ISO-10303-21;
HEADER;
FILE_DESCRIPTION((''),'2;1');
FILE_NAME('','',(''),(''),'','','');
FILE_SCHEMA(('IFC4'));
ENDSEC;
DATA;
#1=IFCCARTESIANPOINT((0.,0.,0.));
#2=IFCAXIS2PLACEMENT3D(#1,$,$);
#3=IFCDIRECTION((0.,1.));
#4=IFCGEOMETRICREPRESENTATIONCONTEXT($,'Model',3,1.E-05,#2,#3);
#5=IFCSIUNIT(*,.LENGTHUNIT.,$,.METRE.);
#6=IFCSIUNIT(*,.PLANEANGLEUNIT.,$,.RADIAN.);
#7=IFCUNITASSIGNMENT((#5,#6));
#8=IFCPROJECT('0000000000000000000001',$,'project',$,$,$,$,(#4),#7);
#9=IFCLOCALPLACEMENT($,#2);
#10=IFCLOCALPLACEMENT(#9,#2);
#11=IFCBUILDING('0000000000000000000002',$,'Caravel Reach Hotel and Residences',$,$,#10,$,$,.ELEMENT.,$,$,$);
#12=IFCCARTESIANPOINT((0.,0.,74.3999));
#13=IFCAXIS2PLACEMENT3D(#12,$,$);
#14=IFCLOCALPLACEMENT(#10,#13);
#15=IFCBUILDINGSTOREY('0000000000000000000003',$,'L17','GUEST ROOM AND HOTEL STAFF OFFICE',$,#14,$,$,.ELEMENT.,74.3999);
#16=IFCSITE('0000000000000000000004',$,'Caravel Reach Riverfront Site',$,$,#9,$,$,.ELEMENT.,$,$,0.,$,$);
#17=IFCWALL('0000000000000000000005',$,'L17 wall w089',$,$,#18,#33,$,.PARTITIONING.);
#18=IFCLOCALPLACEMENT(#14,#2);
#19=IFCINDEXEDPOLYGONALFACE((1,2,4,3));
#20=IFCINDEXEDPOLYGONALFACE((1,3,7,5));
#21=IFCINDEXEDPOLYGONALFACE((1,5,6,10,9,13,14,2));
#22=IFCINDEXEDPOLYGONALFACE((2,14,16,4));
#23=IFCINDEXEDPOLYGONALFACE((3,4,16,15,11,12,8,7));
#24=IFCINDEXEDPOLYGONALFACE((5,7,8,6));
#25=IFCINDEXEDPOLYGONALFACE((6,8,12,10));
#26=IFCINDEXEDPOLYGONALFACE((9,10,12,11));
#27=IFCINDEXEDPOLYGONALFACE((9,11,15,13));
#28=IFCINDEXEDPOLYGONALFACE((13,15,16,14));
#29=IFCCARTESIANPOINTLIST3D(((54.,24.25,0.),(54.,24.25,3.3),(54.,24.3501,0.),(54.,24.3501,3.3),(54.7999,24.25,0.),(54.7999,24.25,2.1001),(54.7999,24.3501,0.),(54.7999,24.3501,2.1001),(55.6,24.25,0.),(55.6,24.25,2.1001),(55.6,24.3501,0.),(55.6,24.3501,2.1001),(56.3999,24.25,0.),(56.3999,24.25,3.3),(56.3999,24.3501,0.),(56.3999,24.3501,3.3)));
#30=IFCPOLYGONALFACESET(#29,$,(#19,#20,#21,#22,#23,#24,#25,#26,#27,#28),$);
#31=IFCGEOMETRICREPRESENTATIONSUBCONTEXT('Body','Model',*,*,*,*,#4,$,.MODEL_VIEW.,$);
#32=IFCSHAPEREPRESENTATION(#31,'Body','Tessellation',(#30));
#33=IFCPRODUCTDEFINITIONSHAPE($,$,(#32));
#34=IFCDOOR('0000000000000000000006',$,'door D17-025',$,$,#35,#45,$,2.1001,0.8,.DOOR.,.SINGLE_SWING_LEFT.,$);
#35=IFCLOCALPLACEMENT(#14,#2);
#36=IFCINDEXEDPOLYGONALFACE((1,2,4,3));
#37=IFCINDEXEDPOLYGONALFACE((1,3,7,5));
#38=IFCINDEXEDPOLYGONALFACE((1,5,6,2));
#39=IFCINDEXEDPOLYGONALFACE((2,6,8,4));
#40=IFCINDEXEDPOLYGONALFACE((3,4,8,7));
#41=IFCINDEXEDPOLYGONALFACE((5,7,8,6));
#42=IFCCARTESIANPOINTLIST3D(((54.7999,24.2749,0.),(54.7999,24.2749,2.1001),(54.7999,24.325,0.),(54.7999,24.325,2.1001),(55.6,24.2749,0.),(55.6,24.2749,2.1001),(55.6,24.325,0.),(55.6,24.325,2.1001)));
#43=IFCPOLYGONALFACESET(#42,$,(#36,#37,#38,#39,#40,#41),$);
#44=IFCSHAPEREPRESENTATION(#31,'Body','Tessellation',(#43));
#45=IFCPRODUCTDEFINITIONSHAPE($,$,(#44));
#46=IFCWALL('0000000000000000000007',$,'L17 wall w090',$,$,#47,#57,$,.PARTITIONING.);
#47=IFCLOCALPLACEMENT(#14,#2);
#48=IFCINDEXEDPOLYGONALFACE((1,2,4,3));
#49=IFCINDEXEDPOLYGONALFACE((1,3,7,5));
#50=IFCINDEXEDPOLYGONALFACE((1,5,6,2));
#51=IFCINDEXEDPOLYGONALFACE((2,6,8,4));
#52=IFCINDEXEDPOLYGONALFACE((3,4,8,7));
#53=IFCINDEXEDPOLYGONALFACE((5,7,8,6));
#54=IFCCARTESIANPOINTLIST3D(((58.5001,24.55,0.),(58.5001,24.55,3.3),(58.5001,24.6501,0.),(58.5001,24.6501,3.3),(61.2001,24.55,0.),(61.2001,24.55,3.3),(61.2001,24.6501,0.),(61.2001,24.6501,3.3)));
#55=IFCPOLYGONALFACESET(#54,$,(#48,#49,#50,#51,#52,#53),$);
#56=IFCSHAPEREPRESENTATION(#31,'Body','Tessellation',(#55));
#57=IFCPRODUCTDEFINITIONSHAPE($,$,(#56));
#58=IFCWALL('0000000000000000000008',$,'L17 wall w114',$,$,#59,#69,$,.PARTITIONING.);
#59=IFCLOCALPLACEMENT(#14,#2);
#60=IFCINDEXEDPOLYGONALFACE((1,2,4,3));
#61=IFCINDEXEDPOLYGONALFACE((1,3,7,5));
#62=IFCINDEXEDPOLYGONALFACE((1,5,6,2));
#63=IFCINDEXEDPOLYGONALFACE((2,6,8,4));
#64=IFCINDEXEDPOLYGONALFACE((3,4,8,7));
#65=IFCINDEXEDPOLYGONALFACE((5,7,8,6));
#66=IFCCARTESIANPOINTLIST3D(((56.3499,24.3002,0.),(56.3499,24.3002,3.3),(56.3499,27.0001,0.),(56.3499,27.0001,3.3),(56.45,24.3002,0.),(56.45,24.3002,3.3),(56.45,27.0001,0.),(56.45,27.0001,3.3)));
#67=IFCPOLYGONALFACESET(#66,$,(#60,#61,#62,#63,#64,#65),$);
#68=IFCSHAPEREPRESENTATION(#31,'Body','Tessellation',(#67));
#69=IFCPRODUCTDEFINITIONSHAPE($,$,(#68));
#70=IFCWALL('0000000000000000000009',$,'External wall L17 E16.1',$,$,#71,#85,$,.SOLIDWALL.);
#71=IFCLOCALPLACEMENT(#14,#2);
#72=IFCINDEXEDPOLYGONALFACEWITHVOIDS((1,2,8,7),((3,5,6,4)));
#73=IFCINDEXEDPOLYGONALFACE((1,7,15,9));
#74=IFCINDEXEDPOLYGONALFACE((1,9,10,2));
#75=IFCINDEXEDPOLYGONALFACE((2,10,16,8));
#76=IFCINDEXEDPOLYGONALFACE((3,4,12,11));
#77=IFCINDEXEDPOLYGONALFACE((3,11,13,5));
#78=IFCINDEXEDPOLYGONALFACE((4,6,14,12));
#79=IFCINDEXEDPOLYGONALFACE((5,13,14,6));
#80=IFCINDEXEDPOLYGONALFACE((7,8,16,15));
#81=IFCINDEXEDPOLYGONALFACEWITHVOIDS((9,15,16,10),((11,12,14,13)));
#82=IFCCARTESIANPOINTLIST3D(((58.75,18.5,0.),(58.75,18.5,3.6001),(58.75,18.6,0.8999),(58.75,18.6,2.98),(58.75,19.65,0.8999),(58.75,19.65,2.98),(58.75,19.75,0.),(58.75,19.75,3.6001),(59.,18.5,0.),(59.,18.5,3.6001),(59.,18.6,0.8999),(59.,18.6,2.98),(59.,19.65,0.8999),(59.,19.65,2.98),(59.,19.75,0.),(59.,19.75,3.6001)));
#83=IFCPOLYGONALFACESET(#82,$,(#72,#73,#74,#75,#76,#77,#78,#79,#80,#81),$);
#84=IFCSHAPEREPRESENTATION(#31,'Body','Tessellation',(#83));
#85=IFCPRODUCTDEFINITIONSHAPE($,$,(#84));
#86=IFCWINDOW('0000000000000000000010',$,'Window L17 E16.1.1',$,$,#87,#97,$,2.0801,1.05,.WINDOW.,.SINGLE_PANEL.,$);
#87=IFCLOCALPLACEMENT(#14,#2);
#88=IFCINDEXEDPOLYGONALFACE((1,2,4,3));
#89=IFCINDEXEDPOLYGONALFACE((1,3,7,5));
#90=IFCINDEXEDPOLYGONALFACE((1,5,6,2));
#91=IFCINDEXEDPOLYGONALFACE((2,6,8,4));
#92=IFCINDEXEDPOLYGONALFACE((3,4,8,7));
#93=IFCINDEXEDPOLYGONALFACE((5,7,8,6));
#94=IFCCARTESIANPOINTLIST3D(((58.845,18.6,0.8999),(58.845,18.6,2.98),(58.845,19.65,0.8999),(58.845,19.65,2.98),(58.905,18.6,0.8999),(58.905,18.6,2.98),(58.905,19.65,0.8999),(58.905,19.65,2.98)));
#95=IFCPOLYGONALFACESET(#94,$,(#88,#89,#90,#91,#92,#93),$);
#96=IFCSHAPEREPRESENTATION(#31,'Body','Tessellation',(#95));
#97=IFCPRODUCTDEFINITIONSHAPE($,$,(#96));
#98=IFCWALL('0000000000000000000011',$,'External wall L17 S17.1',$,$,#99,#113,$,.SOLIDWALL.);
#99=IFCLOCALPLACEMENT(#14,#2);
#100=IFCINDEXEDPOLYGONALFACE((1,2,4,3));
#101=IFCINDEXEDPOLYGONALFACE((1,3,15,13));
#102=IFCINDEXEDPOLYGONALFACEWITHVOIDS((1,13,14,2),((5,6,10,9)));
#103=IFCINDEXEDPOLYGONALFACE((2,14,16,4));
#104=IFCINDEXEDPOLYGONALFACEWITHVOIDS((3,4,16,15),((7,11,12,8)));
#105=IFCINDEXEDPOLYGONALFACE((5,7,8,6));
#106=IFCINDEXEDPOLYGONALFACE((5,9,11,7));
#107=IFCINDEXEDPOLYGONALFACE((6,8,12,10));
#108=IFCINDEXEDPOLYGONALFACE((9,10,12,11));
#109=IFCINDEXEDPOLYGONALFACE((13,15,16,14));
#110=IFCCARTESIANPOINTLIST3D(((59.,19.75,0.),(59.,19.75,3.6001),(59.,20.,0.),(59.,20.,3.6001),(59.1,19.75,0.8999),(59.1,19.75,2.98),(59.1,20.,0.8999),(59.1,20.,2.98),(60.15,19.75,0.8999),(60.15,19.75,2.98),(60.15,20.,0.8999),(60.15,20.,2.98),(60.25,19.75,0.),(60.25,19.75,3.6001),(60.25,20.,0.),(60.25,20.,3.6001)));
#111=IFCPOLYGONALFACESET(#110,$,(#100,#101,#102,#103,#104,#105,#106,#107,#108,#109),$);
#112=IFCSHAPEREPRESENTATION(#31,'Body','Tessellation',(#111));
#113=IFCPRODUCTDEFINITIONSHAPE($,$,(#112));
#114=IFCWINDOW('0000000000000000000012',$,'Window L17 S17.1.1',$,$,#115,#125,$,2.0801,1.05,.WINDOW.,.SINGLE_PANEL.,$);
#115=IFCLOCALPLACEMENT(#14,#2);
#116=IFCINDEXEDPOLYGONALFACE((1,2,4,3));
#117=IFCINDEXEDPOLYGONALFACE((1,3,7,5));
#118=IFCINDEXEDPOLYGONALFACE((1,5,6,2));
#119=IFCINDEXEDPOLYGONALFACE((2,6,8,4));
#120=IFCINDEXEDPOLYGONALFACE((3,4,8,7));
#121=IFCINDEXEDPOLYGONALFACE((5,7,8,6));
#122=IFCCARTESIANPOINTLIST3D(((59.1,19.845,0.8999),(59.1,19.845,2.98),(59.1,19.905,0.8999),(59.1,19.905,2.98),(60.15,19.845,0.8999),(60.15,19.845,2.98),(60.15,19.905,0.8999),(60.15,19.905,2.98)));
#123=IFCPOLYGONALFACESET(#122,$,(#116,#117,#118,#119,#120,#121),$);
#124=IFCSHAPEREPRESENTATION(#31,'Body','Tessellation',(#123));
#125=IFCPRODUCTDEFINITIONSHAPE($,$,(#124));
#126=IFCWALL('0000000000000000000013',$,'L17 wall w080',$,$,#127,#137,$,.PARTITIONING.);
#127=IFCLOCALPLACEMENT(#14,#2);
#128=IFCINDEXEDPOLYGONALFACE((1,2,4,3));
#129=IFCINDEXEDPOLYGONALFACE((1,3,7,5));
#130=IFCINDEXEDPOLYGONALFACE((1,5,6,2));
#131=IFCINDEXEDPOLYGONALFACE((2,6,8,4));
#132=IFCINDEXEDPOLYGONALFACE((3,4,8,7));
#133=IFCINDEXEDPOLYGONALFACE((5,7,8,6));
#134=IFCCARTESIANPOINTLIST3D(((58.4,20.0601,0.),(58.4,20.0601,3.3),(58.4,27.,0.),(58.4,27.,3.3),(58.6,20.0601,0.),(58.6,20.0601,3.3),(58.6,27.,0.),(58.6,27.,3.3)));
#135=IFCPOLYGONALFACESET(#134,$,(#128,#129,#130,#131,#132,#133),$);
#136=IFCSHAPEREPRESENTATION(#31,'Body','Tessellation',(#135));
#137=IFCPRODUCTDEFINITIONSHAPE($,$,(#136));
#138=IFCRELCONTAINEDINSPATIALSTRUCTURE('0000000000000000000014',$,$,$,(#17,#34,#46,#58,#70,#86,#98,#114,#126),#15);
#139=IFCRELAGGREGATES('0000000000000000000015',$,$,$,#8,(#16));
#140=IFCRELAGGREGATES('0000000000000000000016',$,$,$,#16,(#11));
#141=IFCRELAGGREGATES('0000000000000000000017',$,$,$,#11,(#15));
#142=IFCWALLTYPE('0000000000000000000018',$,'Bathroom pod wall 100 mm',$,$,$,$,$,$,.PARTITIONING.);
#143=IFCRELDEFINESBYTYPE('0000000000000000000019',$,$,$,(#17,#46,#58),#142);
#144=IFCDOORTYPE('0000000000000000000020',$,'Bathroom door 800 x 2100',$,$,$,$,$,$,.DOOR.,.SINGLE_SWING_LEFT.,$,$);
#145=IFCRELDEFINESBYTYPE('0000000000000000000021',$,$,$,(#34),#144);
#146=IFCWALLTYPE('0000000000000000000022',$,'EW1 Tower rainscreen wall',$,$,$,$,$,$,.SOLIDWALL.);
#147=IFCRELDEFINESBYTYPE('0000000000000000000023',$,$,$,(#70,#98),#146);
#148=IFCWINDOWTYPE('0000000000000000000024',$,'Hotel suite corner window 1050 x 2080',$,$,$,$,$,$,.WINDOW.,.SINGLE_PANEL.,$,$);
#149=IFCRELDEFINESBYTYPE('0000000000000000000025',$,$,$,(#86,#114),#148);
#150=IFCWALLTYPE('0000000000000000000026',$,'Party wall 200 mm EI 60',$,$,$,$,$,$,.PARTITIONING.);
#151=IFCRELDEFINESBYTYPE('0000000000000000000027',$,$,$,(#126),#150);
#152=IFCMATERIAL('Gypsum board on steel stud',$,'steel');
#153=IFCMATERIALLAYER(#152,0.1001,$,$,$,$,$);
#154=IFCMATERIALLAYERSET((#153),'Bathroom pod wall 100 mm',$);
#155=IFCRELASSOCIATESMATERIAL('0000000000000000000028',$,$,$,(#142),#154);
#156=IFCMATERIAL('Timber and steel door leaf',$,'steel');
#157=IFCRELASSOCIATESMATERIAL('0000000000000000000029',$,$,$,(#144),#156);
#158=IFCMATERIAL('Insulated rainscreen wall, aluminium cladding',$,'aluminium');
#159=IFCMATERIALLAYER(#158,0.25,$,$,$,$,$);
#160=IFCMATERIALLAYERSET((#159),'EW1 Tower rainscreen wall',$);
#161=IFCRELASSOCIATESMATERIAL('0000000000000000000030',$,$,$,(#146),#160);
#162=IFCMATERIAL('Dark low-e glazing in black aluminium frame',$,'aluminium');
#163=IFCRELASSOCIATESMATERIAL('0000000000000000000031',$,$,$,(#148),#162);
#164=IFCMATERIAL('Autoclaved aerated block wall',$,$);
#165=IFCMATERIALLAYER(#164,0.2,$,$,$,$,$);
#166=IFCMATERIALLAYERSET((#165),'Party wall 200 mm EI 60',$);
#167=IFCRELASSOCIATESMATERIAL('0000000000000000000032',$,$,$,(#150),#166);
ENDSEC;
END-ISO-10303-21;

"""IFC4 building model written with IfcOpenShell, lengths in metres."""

from ifc_helpers import new_model, si_unit, direction, frame, frame_2d, origin, place, context, subcontext, project, spatial, rectangle, extrude, material, layer, layer_set, type_object, element, fill, save


model = new_model("IFC4")

# Units and contexts
model_context = context("Model", 3, precision=1e-05, world=origin(), true_north=direction((0.0, 1.0)))
body_context = subcontext(model_context, "Body", "Model", "MODEL_VIEW")
ifc_project = project(units=[si_unit("LENGTHUNIT", "METRE"), si_unit("PLANEANGLEUNIT", "RADIAN")], contexts=[model_context])

# Site, building, storey
site_placement = place(None, origin())
site = spatial("IfcSite", under=ifc_project, at=site_placement, Name="Caravel Reach Riverfront Site", CompositionType="ELEMENT", RefElevation=0.0)
building_placement = place(site_placement, origin())
building = spatial("IfcBuilding", under=site, at=building_placement, Name="Caravel Reach Hotel and Residences", CompositionType="ELEMENT")
storey_placement = place(building_placement, frame((0.0, 0.0, 74.3999)))
storey = spatial("IfcBuildingStorey", under=building, at=storey_placement, Name="L17", Description="GUEST ROOM AND HOTEL STAFF OFFICE", CompositionType="ELEMENT", Elevation=74.3999)

# Wall, opening, door
ifc_material_1 = material(Name="Gypsum board on steel stud", Category="steel")
ifc_layer_1 = layer(ifc_material_1, 0.1001)
ifc_layer_set_1 = layer_set([ifc_layer_1], Name="Bathroom pod wall 100 mm")
wall_type_1 = type_object("IfcWallType", Name="Bathroom pod wall 100 mm", PredefinedType="PARTITIONING", material=ifc_layer_set_1)
wall_1_placement = place(storey_placement, frame((54.0, 24.3, 0.0), z_axis=(0.0, 0.0, 1.0), x_axis=(1.0, 0.0, 0.0)))
wall_1 = element("IfcWall", 1, at=wall_1_placement, inside=storey, type_object=wall_type_1, Name="L17 wall w089", PredefinedType="PARTITIONING", context=body_context, shape_type="SweptSolid", body=[
    extrude(rectangle(XDim=2.3999, YDim=0.1001, at=frame_2d((1.2, 0.0))), origin(), (0.0, 0.0, 1.0), 3.3),
])
opening_1_placement = place(wall_1_placement, frame((0.8, 0.0, 0.0)))
opening_1 = element("IfcOpeningElement", 2, at=opening_1_placement, cuts=wall_1, PredefinedType="OPENING", context=body_context, shape_type="SweptSolid", body=[
    extrude(rectangle(XDim=0.8, YDim=2.1001, at=frame_2d((0.3999, 1.05))), frame((0.0, 0.0601, 0.0), z_axis=(0.0, -1.0, 0.0), x_axis=(1.0, 0.0, 0.0)), (0.0, 0.0, 1.0), 0.1201),
])
ifc_material_2 = material(Name="Timber and steel door leaf", Category="steel")
door_type = type_object("IfcDoorType", Name="Bathroom door 800 x 2100", OperationType="SINGLE_SWING_LEFT", PredefinedType="DOOR", material=ifc_material_2)
door_placement = place(opening_1_placement, origin())
door = element("IfcDoor", 3, at=door_placement, inside=storey, type_object=door_type, Name="door D17-025", OperationType="SINGLE_SWING_LEFT", OverallHeight=2.1001, OverallWidth=0.8, PredefinedType="DOOR", context=body_context, shape_type="SweptSolid", body=[
    extrude(rectangle(XDim=0.8, YDim=2.1001, at=frame_2d((0.3999, 1.05))), frame((0.0, 0.0249, 0.0), z_axis=(0.0, -1.0, 0.0), x_axis=(1.0, 0.0, 0.0)), (0.0, 0.0, 1.0), 0.05),
])
fill(opening_1, door)

# Walls
for number, where, z_axis, x_axis, name in (
    (4, (58.5, 24.6001, 0.0), (0.0, 0.0, 1.0), (1.0, 0.0, 0.0), "L17 wall w090"),
    (5, (56.3999, 24.3, 0.0), (0.0, 0.0, 1.0), (0.0, 1.0, 0.0), "L17 wall w114"),
):
    element("IfcWall", number, at=place(storey_placement, frame(where, z_axis=z_axis, x_axis=x_axis)), inside=storey, type_object=wall_type_1, Name=name, PredefinedType="PARTITIONING", context=body_context, shape_type="SweptSolid", body=[
        extrude(rectangle(XDim=2.7, YDim=0.1001, at=frame_2d((1.3501, 0.0))), origin(), (0.0, 0.0, 1.0), 3.3),
    ])

# Walls, openings, windows
ifc_material_3 = material(Name="Insulated rainscreen wall, aluminium cladding", Category="aluminium")
ifc_layer_2 = layer(ifc_material_3, 0.25)
ifc_layer_set_2 = layer_set([ifc_layer_2], Name="EW1 Tower rainscreen wall")
wall_type_2 = type_object("IfcWallType", Name="EW1 Tower rainscreen wall", PredefinedType="SOLIDWALL", material=ifc_layer_set_2)
wall_2_placement = place(storey_placement, frame((58.875, 18.5, 0.0), z_axis=(0.0, 0.0, 1.0), x_axis=(0.0, 1.0, 0.0)))
wall_2 = element("IfcWall", 6, at=wall_2_placement, inside=storey, type_object=wall_type_2, Name="External wall L17 E16.1", PredefinedType="SOLIDWALL", context=body_context, shape_type="SweptSolid", body=[
    extrude(rectangle(XDim=1.25, YDim=0.25, at=frame_2d((0.625, 0.0))), origin(), (0.0, 0.0, 1.0), 3.6001),
])
opening_2_placement = place(wall_2_placement, frame((0.1001, 0.0, 0.8999)))
opening_2 = element("IfcOpeningElement", 7, at=opening_2_placement, cuts=wall_2, PredefinedType="OPENING", context=body_context, shape_type="SweptSolid", body=[
    extrude(rectangle(XDim=1.05, YDim=2.0801, at=frame_2d((0.5249, 1.04))), frame((0.0, 0.135, 0.0), z_axis=(0.0, -1.0, 0.0), x_axis=(1.0, 0.0, 0.0)), (0.0, 0.0, 1.0), 0.27),
])
ifc_material_4 = material(Name="Dark low-e glazing in black aluminium frame", Category="aluminium")
window_type = type_object("IfcWindowType", Name="Hotel suite corner window 1050 x 2080", PartitioningType="SINGLE_PANEL", PredefinedType="WINDOW", material=ifc_material_4)
window_1_placement = place(opening_2_placement, origin())
window_1 = element("IfcWindow", 8, at=window_1_placement, inside=storey, type_object=window_type, Name="Window L17 E16.1.1", OverallHeight=2.0801, OverallWidth=1.05, PartitioningType="SINGLE_PANEL", PredefinedType="WINDOW", context=body_context, shape_type="SweptSolid", body=[
    extrude(rectangle(XDim=1.05, YDim=2.0801, at=frame_2d((0.5249, 1.04))), frame((0.0, 0.03, 0.0), z_axis=(0.0, -1.0, 0.0), x_axis=(1.0, 0.0, 0.0)), (0.0, 0.0, 1.0), 0.0601),
])
fill(opening_2, window_1)
wall_3_placement = place(storey_placement, frame((59.0, 19.875, 0.0), z_axis=(0.0, 0.0, 1.0), x_axis=(1.0, 0.0, 0.0)))
wall_3 = element("IfcWall", 9, at=wall_3_placement, inside=storey, type_object=wall_type_2, Name="External wall L17 S17.1", PredefinedType="SOLIDWALL", context=body_context, shape_type="SweptSolid", body=[
    extrude(rectangle(XDim=1.25, YDim=0.25, at=frame_2d((0.625, 0.0))), origin(), (0.0, 0.0, 1.0), 3.6001),
])
opening_3_placement = place(wall_3_placement, frame((0.1001, 0.0, 0.8999)))
opening_3 = element("IfcOpeningElement", 10, at=opening_3_placement, cuts=wall_3, PredefinedType="OPENING", context=body_context, shape_type="SweptSolid", body=[
    extrude(rectangle(XDim=1.05, YDim=2.0801, at=frame_2d((0.5249, 1.04))), frame((0.0, 0.135, 0.0), z_axis=(0.0, -1.0, 0.0), x_axis=(1.0, 0.0, 0.0)), (0.0, 0.0, 1.0), 0.27),
])
window_2_placement = place(opening_3_placement, origin())
window_2 = element("IfcWindow", 11, at=window_2_placement, inside=storey, type_object=window_type, Name="Window L17 S17.1.1", OverallHeight=2.0801, OverallWidth=1.05, PartitioningType="SINGLE_PANEL", PredefinedType="WINDOW", context=body_context, shape_type="SweptSolid", body=[
    extrude(rectangle(XDim=1.05, YDim=2.0801, at=frame_2d((0.5249, 1.04))), frame((0.0, 0.03, 0.0), z_axis=(0.0, -1.0, 0.0), x_axis=(1.0, 0.0, 0.0)), (0.0, 0.0, 1.0), 0.0601),
])
fill(opening_3, window_2)

# Wall
ifc_material_5 = material(Name="Autoclaved aerated block wall")
ifc_layer_3 = layer(ifc_material_5, 0.2)
ifc_layer_set_3 = layer_set([ifc_layer_3], Name="Party wall 200 mm EI 60")
wall_type_3 = type_object("IfcWallType", Name="Party wall 200 mm EI 60", PredefinedType="PARTITIONING", material=ifc_layer_set_3)
wall_4_placement = place(storey_placement, frame((58.5, 20.0601, 0.0), z_axis=(0.0, 0.0, 1.0), x_axis=(0.0, 1.0, 0.0)))
element("IfcWall", 12, at=wall_4_placement, inside=storey, type_object=wall_type_3, Name="L17 wall w080", PredefinedType="PARTITIONING", context=body_context, shape_type="SweptSolid", body=[
    extrude(rectangle(XDim=6.9399, YDim=0.2, at=frame_2d((3.47, 0.0))), origin(), (0.0, 0.0, 1.0), 3.3),
])

save(model, "model.ifc")
